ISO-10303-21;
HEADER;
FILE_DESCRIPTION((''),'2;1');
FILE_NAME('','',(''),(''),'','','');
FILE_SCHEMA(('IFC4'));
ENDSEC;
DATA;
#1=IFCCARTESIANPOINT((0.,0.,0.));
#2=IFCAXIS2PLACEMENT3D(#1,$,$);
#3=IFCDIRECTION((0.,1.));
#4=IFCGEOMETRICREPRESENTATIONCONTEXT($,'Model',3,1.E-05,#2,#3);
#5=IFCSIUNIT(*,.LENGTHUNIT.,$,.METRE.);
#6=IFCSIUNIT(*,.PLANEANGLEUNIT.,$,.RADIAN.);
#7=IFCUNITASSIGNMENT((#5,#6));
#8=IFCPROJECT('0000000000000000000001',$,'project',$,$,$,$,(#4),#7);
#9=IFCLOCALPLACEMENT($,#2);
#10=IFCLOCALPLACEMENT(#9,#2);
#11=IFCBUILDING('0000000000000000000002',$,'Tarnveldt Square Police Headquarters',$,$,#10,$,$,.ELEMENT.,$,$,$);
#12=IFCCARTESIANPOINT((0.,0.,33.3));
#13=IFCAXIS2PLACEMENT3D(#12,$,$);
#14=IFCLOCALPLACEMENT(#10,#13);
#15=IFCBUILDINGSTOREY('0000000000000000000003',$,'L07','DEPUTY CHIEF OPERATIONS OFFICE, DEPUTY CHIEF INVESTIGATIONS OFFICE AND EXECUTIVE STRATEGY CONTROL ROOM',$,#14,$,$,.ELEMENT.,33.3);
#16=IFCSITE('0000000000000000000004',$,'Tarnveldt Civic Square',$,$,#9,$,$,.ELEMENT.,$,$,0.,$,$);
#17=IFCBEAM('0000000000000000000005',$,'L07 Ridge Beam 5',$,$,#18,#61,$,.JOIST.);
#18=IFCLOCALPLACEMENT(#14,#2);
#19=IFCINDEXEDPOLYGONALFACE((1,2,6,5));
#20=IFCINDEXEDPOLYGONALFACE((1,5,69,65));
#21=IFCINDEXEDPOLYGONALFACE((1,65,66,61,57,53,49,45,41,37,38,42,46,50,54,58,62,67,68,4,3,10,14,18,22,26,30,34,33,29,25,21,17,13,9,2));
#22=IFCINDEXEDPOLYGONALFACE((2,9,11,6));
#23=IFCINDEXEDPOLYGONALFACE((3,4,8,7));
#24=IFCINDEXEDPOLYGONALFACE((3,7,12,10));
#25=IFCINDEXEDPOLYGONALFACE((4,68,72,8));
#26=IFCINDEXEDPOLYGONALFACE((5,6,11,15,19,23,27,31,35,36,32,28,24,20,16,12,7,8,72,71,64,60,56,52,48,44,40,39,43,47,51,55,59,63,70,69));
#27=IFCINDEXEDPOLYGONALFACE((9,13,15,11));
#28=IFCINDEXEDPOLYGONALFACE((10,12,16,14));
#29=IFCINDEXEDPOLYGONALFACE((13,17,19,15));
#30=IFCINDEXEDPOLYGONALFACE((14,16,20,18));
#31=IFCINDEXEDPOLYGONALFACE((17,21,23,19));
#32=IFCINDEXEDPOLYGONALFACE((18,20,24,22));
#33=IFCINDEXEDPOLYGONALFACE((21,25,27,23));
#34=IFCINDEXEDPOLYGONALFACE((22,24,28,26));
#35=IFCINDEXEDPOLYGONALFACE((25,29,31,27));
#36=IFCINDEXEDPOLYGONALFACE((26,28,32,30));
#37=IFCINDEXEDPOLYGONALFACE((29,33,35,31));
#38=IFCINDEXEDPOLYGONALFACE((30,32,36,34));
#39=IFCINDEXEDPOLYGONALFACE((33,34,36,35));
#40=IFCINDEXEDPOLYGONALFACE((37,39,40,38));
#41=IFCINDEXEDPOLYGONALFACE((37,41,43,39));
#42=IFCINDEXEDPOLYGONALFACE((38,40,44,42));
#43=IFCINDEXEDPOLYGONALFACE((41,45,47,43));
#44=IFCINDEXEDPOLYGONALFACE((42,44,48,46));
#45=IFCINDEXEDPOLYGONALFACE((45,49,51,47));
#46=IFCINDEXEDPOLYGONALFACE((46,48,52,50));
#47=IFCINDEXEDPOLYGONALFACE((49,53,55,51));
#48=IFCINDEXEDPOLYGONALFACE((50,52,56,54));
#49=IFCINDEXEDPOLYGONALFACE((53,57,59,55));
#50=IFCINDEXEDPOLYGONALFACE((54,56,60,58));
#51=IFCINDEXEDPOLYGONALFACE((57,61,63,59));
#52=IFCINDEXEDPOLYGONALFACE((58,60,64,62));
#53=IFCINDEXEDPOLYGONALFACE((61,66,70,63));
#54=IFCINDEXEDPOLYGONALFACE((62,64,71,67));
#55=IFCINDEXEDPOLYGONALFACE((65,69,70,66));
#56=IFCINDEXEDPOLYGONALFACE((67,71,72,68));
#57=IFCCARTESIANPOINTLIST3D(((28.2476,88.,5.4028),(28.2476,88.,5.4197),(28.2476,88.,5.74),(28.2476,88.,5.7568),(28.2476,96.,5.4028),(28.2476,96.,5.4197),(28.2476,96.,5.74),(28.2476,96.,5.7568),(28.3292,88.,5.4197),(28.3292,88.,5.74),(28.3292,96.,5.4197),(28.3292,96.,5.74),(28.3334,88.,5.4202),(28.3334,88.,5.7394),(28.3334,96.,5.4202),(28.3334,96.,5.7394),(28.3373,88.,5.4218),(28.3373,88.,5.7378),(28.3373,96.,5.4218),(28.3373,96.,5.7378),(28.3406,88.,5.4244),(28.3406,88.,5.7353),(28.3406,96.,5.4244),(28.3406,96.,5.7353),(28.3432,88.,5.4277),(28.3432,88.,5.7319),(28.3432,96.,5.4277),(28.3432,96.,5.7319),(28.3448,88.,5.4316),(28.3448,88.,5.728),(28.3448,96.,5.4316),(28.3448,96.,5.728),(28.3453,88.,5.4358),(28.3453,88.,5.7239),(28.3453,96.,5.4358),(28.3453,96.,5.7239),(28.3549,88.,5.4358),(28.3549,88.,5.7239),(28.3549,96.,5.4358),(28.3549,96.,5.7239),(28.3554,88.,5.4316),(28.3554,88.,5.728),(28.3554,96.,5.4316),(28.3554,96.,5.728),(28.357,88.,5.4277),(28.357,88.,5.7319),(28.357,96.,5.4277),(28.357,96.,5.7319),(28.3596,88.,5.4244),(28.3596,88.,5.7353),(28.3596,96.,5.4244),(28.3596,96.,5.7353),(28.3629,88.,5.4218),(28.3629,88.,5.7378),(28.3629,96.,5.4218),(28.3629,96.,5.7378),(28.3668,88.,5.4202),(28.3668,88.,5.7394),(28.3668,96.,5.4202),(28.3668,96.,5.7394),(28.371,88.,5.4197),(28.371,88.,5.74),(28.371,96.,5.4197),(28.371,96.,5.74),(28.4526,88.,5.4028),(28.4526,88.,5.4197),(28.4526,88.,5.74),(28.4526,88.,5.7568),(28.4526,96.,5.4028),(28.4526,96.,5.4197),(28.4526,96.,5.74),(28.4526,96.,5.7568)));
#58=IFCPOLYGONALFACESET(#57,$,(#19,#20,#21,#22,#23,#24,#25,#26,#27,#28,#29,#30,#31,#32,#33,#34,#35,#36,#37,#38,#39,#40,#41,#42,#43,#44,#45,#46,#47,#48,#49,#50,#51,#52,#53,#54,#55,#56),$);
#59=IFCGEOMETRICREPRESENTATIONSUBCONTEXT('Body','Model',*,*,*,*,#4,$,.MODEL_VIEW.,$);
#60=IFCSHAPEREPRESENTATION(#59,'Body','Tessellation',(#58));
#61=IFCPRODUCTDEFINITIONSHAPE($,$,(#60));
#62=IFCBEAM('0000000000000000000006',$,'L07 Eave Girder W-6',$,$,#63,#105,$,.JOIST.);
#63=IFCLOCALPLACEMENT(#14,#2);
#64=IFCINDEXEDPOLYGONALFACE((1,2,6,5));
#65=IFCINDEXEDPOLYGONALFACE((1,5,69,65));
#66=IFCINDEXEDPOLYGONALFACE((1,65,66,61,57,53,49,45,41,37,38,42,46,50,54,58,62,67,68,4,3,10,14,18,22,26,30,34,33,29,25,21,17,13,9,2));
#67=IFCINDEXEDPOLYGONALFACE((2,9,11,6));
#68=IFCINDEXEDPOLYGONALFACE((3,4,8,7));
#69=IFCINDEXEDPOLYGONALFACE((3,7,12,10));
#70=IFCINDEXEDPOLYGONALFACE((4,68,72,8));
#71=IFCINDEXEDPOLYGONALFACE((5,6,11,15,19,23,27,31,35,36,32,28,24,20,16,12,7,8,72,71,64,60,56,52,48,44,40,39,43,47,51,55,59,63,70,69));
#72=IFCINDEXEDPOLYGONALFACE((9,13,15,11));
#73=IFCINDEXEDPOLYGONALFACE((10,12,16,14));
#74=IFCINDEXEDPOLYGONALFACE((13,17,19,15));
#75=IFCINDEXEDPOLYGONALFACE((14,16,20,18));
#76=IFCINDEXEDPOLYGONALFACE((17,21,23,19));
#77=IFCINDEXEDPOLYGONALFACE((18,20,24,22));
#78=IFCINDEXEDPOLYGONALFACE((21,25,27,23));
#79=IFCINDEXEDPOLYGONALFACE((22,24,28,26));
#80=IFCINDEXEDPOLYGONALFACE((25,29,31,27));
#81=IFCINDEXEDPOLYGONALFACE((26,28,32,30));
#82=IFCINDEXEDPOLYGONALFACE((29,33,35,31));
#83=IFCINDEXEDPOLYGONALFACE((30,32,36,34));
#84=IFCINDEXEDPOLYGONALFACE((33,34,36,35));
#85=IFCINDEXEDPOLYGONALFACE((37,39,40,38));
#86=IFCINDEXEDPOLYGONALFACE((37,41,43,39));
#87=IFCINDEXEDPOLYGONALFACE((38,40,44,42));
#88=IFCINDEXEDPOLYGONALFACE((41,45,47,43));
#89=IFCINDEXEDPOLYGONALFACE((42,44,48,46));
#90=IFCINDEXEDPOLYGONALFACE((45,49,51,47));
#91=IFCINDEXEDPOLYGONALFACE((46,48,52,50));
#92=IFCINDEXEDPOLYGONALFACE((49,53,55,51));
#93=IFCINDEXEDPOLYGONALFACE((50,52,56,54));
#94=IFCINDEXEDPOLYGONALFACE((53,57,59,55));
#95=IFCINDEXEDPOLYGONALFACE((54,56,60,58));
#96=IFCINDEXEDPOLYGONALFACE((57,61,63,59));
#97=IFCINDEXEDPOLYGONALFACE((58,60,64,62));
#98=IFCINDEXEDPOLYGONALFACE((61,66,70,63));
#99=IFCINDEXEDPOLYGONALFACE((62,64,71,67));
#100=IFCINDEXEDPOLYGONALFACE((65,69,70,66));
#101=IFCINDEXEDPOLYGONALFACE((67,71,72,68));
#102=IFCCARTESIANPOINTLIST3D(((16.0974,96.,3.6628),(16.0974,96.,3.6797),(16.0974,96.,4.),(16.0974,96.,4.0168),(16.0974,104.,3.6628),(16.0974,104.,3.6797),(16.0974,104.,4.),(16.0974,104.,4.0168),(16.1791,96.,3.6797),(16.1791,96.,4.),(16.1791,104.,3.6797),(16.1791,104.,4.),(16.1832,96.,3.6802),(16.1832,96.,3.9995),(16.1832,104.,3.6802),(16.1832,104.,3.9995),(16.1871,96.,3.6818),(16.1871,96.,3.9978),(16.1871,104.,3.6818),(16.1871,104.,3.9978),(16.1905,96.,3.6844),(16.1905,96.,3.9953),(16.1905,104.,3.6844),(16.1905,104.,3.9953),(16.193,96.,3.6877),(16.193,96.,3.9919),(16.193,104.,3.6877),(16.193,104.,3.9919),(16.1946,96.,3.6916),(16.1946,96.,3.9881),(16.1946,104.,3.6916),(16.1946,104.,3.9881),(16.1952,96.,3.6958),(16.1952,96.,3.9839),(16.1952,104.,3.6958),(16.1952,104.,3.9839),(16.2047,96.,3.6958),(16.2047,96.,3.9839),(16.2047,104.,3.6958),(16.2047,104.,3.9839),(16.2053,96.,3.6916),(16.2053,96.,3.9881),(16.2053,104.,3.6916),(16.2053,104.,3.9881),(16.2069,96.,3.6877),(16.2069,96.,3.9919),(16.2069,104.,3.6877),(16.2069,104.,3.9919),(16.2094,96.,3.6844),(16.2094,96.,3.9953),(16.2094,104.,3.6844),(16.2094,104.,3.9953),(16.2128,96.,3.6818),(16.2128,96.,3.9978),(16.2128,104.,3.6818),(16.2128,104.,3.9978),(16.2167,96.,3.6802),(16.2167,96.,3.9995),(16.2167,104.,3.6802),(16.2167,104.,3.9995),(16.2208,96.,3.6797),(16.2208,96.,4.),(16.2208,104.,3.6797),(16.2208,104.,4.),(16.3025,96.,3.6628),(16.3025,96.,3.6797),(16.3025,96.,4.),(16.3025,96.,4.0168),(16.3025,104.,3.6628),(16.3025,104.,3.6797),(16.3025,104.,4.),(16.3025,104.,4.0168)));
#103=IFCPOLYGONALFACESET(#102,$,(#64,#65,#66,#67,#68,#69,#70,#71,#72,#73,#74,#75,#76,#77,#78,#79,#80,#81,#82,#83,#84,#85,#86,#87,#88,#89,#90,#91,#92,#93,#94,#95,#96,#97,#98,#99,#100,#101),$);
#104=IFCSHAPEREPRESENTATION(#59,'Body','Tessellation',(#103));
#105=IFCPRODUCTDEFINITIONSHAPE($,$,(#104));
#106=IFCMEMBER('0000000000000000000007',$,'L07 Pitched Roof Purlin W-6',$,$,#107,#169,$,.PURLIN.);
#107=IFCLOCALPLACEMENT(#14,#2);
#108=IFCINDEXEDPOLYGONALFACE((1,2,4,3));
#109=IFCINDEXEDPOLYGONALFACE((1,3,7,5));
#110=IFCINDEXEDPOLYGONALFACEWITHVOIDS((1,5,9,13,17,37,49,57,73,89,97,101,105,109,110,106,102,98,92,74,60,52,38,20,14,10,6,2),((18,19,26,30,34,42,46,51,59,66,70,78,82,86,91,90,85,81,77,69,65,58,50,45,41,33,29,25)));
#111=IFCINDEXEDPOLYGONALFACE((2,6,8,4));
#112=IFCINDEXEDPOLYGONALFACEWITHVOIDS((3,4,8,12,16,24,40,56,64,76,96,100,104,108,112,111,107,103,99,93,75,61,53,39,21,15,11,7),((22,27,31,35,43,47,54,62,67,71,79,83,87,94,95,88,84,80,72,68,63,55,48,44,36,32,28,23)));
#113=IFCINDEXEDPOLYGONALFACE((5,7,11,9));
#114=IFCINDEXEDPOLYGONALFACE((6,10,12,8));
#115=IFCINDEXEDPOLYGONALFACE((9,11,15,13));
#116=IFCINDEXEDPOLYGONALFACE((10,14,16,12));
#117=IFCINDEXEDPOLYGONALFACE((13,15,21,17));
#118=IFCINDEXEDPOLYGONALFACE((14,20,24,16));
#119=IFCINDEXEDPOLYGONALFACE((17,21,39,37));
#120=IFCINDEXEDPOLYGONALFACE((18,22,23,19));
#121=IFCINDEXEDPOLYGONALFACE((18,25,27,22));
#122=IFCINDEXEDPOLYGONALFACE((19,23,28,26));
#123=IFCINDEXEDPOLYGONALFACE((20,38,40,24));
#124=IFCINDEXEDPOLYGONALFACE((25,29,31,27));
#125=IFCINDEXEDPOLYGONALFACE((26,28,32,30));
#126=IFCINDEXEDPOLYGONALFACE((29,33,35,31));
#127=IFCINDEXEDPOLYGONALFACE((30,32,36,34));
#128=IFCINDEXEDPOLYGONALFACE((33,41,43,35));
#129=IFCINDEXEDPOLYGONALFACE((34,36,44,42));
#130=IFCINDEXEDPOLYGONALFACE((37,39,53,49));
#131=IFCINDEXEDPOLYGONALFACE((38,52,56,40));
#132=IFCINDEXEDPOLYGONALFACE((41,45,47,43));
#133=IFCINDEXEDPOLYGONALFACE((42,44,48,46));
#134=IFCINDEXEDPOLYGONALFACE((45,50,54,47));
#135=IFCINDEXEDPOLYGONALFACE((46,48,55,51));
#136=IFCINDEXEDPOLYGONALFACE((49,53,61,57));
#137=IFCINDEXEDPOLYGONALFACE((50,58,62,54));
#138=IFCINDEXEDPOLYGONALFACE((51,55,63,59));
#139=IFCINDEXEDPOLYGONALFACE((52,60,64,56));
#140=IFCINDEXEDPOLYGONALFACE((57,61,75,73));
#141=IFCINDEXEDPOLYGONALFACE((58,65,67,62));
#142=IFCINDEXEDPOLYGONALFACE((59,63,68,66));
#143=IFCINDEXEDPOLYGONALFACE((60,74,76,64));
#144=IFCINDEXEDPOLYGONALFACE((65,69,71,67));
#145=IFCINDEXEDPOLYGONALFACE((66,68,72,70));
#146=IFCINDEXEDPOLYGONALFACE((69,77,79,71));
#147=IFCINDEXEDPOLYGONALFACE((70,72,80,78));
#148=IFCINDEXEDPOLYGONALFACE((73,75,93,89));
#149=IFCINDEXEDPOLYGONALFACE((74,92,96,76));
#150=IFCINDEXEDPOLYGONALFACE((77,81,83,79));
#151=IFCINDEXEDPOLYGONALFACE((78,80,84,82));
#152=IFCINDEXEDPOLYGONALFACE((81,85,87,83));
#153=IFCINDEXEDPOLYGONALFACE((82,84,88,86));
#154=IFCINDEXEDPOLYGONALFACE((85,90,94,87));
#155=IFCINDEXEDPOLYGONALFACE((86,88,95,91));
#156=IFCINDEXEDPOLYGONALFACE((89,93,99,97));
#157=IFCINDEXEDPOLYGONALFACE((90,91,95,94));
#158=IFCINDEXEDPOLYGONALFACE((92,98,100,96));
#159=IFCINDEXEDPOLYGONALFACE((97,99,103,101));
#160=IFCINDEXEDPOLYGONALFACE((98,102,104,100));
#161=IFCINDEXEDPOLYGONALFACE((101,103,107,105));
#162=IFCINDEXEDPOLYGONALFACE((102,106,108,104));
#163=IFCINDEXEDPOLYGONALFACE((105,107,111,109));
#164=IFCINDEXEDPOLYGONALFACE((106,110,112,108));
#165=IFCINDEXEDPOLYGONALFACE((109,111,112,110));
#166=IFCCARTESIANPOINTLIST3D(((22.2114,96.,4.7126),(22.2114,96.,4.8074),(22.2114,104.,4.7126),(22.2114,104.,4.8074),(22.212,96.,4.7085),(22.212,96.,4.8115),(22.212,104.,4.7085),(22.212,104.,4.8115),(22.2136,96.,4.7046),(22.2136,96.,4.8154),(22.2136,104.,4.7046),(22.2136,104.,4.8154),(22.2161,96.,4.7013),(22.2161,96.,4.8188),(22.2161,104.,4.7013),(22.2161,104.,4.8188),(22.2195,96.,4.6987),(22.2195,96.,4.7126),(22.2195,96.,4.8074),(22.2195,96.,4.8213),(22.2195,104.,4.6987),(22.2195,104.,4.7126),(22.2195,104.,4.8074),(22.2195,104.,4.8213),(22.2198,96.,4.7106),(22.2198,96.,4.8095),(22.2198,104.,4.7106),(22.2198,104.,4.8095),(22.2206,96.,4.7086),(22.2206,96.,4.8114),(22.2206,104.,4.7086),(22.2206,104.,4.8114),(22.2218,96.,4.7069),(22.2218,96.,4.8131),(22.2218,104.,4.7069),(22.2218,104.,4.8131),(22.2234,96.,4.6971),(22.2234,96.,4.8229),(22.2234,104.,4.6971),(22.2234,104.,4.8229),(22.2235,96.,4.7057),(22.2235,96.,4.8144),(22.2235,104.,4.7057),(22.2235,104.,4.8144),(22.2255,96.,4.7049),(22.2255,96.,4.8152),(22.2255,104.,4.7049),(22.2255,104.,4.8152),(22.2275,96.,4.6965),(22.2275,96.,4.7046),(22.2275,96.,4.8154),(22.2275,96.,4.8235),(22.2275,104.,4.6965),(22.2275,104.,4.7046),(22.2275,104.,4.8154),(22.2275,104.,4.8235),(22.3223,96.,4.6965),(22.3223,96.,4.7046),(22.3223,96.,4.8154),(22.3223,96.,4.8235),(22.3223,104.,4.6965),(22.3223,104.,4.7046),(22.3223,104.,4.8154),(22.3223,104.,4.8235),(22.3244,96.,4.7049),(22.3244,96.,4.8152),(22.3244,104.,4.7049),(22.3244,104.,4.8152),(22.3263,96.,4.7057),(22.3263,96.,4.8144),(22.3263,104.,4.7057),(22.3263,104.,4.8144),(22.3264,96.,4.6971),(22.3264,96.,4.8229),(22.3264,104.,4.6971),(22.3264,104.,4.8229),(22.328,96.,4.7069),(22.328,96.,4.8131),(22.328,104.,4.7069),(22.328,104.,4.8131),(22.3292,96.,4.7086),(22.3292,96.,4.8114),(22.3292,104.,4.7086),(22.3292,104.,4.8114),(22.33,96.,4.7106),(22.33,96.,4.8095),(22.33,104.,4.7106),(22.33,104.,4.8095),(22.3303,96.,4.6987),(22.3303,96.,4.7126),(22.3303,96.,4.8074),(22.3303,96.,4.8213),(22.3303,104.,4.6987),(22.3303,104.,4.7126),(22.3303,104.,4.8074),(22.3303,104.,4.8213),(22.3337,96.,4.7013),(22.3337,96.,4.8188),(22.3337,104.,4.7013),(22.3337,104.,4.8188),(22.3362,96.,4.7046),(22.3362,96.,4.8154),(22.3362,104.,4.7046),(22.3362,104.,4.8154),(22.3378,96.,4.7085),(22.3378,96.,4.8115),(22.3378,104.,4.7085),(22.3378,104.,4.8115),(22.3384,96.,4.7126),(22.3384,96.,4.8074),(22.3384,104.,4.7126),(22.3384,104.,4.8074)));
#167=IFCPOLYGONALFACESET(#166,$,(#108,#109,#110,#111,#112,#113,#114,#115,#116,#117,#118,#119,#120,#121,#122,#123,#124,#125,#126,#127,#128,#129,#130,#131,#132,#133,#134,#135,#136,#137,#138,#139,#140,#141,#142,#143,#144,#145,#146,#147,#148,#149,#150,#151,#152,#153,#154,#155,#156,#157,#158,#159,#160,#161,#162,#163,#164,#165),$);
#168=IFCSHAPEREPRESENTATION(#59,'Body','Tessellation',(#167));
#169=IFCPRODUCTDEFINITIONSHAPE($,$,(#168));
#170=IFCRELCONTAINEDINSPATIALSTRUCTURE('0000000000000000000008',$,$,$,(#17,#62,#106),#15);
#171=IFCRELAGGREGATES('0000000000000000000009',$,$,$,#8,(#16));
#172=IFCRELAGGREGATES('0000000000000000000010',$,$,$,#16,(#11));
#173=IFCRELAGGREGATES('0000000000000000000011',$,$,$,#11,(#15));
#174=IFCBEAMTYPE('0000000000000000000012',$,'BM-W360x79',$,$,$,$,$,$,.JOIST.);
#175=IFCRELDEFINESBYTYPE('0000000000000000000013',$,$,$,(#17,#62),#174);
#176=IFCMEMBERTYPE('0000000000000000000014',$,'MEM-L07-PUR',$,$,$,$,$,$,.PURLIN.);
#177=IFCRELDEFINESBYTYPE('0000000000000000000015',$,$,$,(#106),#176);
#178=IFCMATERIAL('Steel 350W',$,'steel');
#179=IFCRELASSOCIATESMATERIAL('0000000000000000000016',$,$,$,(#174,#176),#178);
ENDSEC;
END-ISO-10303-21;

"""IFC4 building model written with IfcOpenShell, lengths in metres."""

from ifc_helpers import new_model, si_unit, direction, frame, origin, origin_2d, place, context, subcontext, project, spatial, hollow_rectangle, i_section, extrude, material, material_profile, profile_set, type_object, element, save


model = new_model("IFC4")

# Units and contexts
model_context = context("Model", 3, precision=1e-05, world=origin(), true_north=direction((0.0, 1.0)))
body_context = subcontext(model_context, "Body", "Model", "MODEL_VIEW")
ifc_project = project(units=[si_unit("LENGTHUNIT", "METRE"), si_unit("PLANEANGLEUNIT", "RADIAN")], contexts=[model_context])

# Site, building, storey
site_placement = place(None, origin())
site = spatial("IfcSite", under=ifc_project, at=site_placement, Name="Tarnveldt Civic Square", CompositionType="ELEMENT", RefElevation=0.0)
building_placement = place(site_placement, origin())
building = spatial("IfcBuilding", under=site, at=building_placement, Name="Tarnveldt Square Police Headquarters", CompositionType="ELEMENT")
storey_placement = place(building_placement, frame((0.0, 0.0, 33.3)))
storey = spatial("IfcBuildingStorey", under=building, at=storey_placement, Name="L07", Description="DEPUTY CHIEF OPERATIONS OFFICE, DEPUTY CHIEF INVESTIGATIONS OFFICE AND EXECUTIVE STRATEGY CONTROL ROOM", CompositionType="ELEMENT", Elevation=33.3)

# Shared definitions
ifc_material_1 = material(Name="Steel 350W", Category="steel")

# Beams
ifc_material_profile_1 = material_profile(ifc_material_1, i_section(OverallWidth=0.2051, OverallDepth=0.354, WebThickness=0.0095, FlangeThickness=0.0168, FilletRadius=0.0161, at=origin_2d()), Name="W360x79")
ifc_profile_set_1 = profile_set([ifc_material_profile_1], Name="Steel 350W")
beam_type = type_object("IfcBeamType", Name="BM-W360x79", PredefinedType="JOIST", material=ifc_profile_set_1)
for number, where, z_axis, x_axis, name in (
    (1, (28.3501, 88.0, 5.5798), (0.0, 1.0, 0.0), (-1.0, 0.0, 0.0), "L07 Ridge Beam 5"),
    (2, (16.2, 96.0, 3.8398), (0.0, 1.0, 0.0), (-1.0, 0.0, 0.0), "L07 Eave Girder W-6"),
):
    element("IfcBeam", number, at=place(storey_placement, frame(where, z_axis=z_axis, x_axis=x_axis)), inside=storey, type_object=beam_type, Name=name, PredefinedType="JOIST", context=body_context, shape_type="SweptSolid", body=[
        extrude(i_section(OverallWidth=0.2051, OverallDepth=0.354, WebThickness=0.0095, FlangeThickness=0.0168, FilletRadius=0.0161, at=origin_2d()), origin(), (0.0, 0.0, 1.0), 8.0),
    ])

# Member
ifc_material_profile_2 = material_profile(ifc_material_1, hollow_rectangle(XDim=0.127, YDim=0.127, WallThickness=0.0081, InnerFilletRadius=0.0081, OuterFilletRadius=0.0161, at=origin_2d()), Name="HSS127x127x8.0")
ifc_profile_set_2 = profile_set([ifc_material_profile_2], Name="Steel 350W")
member_type_1 = type_object("IfcMemberType", Name="MEM-L07-PUR", PredefinedType="PURLIN", material=ifc_profile_set_2)
member_1_placement = place(storey_placement, frame((22.2749, 96.0, 4.76), z_axis=(0.0, 1.0, 0.0), x_axis=(-1.0, 0.0, 0.0)))
element("IfcMember", 3, at=member_1_placement, inside=storey, type_object=member_type_1, Name="L07 Pitched Roof Purlin W-6", PredefinedType="PURLIN", context=body_context, shape_type="SweptSolid", body=[
    extrude(hollow_rectangle(XDim=0.127, YDim=0.127, WallThickness=0.0081, InnerFilletRadius=0.0081, OuterFilletRadius=0.0161, at=origin_2d()), origin(), (0.0, 0.0, 1.0), 8.0),
])

save(model, "model.ifc")
